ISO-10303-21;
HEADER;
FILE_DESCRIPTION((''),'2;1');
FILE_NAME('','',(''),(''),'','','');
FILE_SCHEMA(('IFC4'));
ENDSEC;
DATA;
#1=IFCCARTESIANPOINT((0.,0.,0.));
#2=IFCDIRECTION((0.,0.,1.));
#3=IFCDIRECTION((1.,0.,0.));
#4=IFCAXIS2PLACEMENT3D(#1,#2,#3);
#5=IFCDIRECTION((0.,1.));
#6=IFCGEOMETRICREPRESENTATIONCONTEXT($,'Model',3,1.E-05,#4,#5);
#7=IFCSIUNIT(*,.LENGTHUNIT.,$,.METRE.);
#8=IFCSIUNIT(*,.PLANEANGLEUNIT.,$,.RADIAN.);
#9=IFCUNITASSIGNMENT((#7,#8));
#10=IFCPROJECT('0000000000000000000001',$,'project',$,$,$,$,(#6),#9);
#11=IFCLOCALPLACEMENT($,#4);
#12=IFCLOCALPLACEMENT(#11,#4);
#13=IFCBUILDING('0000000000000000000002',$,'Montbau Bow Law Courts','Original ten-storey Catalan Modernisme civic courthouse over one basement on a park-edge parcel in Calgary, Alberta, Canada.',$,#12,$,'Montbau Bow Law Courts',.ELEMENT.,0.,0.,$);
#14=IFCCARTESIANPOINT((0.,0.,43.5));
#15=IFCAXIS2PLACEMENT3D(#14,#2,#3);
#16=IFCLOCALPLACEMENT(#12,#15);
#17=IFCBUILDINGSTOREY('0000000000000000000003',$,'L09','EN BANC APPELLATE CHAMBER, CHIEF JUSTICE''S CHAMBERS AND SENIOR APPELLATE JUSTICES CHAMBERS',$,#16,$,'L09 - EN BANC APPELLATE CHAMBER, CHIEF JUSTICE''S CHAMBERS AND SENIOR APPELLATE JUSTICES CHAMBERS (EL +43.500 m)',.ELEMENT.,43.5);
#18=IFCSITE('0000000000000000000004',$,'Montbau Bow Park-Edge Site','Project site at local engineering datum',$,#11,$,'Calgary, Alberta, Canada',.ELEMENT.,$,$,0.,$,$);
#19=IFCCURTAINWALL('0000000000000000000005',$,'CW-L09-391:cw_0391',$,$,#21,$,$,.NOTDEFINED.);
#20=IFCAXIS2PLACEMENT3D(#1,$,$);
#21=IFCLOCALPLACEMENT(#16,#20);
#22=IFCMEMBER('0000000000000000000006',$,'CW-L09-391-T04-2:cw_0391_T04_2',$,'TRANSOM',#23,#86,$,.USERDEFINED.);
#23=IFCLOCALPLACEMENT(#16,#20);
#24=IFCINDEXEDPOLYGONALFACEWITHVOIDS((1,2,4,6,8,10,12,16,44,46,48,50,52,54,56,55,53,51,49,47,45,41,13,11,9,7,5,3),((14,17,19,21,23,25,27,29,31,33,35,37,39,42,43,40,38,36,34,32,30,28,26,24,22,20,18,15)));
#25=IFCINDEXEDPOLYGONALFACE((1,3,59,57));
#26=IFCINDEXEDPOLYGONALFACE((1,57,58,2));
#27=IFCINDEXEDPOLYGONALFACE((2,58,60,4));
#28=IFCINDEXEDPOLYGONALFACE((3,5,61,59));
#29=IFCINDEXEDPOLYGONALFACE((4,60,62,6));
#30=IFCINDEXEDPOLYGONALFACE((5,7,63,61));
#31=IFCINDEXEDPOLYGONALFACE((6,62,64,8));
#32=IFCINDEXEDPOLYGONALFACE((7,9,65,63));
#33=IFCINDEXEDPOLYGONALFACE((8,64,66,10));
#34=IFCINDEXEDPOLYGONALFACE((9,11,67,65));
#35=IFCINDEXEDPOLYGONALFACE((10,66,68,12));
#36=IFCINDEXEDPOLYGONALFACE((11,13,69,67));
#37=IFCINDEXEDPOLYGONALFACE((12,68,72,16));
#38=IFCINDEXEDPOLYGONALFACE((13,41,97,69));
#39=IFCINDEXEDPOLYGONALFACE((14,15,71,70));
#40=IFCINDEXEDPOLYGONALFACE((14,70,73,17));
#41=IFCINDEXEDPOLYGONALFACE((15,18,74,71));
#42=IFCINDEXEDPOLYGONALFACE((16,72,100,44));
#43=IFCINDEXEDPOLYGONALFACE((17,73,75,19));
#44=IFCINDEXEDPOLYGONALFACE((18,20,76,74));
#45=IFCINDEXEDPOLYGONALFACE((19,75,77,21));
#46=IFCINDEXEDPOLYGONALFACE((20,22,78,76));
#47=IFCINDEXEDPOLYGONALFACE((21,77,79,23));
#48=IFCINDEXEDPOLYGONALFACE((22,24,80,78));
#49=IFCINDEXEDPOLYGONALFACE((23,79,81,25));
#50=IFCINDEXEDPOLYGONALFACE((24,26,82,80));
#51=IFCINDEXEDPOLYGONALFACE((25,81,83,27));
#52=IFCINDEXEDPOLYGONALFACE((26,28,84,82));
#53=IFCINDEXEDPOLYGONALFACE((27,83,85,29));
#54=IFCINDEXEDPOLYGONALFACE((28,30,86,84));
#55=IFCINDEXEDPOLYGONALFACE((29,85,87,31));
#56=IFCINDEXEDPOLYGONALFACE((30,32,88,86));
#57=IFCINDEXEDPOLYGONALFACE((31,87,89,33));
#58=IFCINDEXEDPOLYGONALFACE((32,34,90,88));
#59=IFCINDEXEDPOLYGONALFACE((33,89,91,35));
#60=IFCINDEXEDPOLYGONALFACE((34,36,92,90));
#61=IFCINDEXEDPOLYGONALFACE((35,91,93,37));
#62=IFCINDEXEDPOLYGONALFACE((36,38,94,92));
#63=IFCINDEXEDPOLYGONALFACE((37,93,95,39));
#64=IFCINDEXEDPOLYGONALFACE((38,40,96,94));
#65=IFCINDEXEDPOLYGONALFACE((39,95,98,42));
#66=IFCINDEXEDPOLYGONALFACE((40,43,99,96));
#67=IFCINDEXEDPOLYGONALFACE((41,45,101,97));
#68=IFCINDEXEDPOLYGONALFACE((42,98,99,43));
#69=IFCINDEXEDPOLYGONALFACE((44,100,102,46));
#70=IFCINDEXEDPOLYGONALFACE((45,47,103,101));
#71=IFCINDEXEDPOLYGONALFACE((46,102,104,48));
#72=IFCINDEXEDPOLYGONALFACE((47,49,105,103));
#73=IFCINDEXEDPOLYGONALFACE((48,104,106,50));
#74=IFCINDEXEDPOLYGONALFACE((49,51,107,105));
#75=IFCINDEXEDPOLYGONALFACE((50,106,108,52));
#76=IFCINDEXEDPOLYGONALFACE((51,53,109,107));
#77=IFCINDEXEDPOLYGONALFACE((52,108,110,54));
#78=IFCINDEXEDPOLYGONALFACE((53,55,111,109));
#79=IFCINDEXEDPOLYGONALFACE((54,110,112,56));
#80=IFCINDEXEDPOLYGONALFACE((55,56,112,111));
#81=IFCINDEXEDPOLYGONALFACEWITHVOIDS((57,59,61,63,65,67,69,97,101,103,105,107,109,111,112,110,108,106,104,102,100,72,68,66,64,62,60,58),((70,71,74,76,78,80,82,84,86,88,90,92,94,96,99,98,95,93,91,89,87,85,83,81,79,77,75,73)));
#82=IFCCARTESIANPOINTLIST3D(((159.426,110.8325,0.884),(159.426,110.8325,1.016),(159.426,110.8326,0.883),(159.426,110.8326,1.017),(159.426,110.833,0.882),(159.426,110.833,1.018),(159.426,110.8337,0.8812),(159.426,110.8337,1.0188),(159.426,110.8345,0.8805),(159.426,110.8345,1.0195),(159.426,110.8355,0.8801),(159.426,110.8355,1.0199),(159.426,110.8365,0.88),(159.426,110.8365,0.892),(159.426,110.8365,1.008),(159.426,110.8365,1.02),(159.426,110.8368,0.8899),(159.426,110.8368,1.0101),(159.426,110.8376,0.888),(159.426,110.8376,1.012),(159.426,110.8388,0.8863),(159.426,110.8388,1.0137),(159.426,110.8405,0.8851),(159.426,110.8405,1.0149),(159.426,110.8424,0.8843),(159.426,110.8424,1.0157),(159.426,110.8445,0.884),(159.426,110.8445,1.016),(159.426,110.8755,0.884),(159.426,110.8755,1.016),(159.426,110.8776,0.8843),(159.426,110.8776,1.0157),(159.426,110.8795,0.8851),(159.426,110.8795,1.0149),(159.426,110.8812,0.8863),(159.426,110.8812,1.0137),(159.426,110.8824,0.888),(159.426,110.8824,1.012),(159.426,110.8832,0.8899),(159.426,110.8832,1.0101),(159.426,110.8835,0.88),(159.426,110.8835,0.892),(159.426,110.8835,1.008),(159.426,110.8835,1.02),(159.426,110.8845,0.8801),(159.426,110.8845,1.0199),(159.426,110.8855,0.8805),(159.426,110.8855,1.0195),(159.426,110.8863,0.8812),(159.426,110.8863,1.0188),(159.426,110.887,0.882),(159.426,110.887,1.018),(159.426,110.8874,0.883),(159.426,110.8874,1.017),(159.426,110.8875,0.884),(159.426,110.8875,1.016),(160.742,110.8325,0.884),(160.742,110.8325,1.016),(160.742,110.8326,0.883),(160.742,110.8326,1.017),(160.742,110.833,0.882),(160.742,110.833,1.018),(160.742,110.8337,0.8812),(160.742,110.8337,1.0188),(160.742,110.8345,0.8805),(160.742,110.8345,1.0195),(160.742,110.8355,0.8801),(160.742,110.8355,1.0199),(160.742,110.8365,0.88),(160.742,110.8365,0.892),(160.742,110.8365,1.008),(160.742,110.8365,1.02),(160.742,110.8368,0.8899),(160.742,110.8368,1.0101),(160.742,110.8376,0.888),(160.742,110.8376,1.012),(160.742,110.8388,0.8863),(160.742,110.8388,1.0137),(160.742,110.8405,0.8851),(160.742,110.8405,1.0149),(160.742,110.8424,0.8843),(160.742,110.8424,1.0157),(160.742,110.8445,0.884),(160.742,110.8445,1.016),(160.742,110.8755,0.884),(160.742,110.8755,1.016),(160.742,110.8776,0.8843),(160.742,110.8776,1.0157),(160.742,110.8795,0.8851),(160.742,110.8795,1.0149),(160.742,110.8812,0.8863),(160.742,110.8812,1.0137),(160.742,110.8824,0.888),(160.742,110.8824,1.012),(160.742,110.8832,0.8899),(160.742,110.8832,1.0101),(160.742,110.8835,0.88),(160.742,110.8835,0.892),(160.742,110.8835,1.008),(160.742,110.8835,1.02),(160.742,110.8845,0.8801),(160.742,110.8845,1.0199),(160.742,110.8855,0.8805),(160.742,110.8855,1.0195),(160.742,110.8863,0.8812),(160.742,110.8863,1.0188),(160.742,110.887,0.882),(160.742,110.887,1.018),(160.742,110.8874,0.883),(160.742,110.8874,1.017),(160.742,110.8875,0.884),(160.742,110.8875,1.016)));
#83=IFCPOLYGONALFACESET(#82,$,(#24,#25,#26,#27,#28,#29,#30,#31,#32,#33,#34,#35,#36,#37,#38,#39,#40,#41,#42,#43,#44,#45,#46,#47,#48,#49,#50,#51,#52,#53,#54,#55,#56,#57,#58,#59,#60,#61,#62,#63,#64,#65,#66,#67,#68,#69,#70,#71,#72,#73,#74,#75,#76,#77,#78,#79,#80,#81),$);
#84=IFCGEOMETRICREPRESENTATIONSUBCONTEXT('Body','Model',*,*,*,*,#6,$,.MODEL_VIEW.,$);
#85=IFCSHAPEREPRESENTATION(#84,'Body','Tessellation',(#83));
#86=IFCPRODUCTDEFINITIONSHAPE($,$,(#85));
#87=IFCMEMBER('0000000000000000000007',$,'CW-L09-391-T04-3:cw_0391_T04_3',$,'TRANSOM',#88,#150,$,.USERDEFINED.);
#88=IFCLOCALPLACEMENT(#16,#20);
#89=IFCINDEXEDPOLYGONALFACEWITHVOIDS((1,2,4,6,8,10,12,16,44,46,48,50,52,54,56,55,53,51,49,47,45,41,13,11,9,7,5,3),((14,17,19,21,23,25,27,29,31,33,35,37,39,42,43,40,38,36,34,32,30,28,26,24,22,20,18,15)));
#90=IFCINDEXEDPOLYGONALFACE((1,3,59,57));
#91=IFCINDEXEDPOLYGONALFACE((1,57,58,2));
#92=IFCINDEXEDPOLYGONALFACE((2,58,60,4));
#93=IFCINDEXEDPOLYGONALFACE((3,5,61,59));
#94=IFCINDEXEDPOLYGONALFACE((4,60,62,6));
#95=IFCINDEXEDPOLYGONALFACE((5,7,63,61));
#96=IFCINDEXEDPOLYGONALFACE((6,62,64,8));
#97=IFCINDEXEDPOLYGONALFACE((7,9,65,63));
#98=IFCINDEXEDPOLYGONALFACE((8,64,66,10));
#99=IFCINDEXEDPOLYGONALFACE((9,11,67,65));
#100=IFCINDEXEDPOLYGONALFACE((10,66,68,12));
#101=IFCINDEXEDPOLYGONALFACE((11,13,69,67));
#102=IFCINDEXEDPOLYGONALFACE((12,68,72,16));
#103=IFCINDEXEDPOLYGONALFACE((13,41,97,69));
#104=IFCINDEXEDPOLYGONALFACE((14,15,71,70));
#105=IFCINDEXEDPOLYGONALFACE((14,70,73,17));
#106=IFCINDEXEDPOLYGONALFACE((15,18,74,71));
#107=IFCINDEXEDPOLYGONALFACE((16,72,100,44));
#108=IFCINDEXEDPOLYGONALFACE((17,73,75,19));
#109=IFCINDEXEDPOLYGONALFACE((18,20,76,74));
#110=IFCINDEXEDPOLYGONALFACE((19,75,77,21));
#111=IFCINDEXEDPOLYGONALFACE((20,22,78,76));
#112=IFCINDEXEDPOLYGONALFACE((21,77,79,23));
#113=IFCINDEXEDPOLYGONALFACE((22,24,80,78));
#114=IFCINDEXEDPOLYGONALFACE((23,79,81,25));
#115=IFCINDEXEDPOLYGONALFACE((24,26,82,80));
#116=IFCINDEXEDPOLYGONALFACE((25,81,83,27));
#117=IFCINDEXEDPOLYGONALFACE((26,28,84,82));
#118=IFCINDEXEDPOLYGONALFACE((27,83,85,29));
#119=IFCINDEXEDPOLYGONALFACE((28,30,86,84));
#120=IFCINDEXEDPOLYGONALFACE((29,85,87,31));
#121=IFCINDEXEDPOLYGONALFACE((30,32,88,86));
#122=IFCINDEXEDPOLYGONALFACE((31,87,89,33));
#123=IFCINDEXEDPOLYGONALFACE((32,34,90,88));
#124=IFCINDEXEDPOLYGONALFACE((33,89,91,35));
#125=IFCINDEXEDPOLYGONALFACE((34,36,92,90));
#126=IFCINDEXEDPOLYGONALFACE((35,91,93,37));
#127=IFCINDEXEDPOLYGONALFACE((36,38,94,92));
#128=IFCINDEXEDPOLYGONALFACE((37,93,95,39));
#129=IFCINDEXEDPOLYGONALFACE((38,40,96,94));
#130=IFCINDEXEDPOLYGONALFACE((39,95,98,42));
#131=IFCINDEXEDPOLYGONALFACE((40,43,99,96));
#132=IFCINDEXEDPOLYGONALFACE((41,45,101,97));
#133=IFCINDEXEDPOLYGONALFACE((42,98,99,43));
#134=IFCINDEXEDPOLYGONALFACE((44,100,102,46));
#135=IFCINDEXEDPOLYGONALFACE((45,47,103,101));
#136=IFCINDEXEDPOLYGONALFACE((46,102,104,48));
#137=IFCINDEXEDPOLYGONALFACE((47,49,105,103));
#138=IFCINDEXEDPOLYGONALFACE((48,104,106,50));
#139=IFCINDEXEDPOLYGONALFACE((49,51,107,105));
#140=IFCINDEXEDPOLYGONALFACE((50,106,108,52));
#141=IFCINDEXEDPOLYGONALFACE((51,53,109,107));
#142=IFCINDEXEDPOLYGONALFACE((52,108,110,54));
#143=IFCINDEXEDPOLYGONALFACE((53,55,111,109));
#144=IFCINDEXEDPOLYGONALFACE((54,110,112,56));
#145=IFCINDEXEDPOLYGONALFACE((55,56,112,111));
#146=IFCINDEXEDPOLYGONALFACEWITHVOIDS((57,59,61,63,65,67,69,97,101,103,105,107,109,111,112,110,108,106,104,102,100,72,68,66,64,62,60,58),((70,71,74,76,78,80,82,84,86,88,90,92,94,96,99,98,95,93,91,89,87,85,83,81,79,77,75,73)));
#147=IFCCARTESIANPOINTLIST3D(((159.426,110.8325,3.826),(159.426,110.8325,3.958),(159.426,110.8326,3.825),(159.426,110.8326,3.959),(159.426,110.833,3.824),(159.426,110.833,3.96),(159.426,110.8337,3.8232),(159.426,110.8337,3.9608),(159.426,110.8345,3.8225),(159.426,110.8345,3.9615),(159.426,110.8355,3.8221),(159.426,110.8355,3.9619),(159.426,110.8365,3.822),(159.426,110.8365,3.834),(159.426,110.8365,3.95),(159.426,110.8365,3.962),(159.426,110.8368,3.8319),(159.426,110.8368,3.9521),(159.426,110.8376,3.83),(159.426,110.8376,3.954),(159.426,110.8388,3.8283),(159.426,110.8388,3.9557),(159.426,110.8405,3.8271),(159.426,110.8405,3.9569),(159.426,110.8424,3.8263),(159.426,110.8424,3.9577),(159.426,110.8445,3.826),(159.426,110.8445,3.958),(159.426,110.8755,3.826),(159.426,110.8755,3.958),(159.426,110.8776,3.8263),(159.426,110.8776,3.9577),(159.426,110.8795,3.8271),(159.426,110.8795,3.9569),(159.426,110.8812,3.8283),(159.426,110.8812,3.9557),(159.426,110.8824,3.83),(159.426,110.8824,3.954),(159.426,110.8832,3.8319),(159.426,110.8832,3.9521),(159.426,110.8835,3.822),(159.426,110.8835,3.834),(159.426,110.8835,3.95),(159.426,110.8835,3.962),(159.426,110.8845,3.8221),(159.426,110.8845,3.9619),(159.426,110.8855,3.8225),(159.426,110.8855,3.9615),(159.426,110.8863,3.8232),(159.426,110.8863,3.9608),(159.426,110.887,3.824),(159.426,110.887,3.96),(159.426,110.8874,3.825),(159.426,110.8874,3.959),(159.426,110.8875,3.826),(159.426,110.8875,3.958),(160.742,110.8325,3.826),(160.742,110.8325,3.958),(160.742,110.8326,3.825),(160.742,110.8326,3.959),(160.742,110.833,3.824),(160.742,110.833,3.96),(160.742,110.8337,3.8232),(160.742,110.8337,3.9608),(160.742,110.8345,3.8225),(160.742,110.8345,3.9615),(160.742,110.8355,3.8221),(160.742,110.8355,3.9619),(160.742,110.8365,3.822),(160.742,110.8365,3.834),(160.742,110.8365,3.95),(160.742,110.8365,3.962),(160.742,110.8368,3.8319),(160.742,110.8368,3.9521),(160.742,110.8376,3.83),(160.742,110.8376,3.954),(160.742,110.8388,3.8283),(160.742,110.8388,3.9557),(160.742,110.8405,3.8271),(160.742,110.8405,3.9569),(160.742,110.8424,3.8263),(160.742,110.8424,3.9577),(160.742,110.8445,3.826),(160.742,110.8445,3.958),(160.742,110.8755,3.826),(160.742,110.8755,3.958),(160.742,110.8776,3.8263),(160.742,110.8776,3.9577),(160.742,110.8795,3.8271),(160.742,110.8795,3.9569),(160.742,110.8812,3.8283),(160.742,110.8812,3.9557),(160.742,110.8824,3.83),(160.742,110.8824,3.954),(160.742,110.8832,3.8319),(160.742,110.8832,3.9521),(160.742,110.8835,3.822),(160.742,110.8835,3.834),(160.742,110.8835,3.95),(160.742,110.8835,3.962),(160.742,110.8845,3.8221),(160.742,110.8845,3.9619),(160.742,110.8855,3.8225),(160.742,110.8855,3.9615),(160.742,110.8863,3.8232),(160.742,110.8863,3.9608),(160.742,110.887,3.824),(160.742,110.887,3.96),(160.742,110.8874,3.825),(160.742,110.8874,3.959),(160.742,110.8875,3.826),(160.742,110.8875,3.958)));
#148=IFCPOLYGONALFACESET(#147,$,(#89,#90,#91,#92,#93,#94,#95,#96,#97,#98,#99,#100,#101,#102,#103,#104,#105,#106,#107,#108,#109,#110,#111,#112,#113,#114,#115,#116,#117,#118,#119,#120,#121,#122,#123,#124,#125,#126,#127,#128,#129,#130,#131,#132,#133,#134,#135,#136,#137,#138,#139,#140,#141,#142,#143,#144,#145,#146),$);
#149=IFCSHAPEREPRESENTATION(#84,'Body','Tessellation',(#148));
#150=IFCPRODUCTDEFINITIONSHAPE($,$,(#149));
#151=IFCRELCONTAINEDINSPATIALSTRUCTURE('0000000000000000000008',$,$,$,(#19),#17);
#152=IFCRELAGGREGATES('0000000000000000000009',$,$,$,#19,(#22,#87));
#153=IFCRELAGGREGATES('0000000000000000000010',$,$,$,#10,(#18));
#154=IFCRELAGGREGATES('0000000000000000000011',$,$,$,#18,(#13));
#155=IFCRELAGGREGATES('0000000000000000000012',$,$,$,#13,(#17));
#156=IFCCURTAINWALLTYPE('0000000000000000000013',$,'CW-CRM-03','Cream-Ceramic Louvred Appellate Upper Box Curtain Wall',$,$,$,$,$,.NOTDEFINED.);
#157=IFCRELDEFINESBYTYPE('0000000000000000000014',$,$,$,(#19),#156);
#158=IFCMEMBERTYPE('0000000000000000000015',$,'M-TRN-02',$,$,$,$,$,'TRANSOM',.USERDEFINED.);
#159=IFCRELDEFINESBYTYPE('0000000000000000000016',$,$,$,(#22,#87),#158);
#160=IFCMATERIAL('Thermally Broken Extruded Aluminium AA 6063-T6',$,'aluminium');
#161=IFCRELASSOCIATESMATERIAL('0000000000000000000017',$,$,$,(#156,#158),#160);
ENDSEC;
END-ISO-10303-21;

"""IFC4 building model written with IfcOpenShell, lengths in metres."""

from ifc_helpers import new_model, si_unit, direction, frame, origin_with_axes, origin_2d_with_axis, place, context, subcontext, project, spatial, hollow_rectangle, extrude, material, material_profile, profile_set, type_object, element, aggregate, save


model = new_model("IFC4")

# Units and contexts
model_context = context("Model", 3, precision=1e-05, world=origin_with_axes(), true_north=direction((0.0, 1.0)))
body_context = subcontext(model_context, "Body", "Model", "MODEL_VIEW")
ifc_project = project(units=[si_unit("LENGTHUNIT", "METRE"), si_unit("PLANEANGLEUNIT", "RADIAN")], contexts=[model_context])

# Site, building, storey
site_placement = place(None, origin_with_axes())
site = spatial("IfcSite", under=ifc_project, at=site_placement, Name="Montbau Bow Park-Edge Site", Description="Project site at local engineering datum", LongName="Calgary, Alberta, Canada", CompositionType="ELEMENT", RefElevation=0.0)
building_placement = place(site_placement, origin_with_axes())
building = spatial("IfcBuilding", under=site, at=building_placement, Name="Montbau Bow Law Courts", Description="Original ten-storey Catalan Modernisme civic courthouse over one basement on a park-edge parcel in Calgary, Alberta, Canada.", LongName="Montbau Bow Law Courts", CompositionType="ELEMENT", ElevationOfRefHeight=0.0, ElevationOfTerrain=0.0)
storey_placement = place(building_placement, frame((0.0, 0.0, 43.5), z_axis=(0.0, 0.0, 1.0), x_axis=(1.0, 0.0, 0.0)))
storey = spatial("IfcBuildingStorey", under=building, at=storey_placement, Name="L09", Description="EN BANC APPELLATE CHAMBER, CHIEF JUSTICE'S CHAMBERS AND SENIOR APPELLATE JUSTICES CHAMBERS", LongName="L09 - EN BANC APPELLATE CHAMBER, CHIEF JUSTICE'S CHAMBERS AND SENIOR APPELLATE JUSTICES CHAMBERS (EL +43.500 m)", CompositionType="ELEMENT", Elevation=43.5)

# Curtain wall, members
ifc_material_1 = material(Name="Thermally Broken Extruded Aluminium AA 6063-T6", Category="aluminium")
curtain_wall_type = type_object("IfcCurtainWallType", Name="CW-CRM-03", Description="Cream-Ceramic Louvred Appellate Upper Box Curtain Wall", PredefinedType="NOTDEFINED", material=ifc_material_1)
curtain_wall_placement = place(None, frame((155.24, 110.86, 43.5), z_axis=(0.0, 0.0, 1.0), x_axis=(1.0, 0.0, 0.0)))
curtain_wall = element("IfcCurtainWall", 1, at=curtain_wall_placement, inside=storey, type_object=curtain_wall_type, Name="CW-L09-391:cw_0391", PredefinedType="NOTDEFINED")
ifc_material_profile_1 = material_profile(ifc_material_1, hollow_rectangle(XDim=0.055, YDim=0.14, WallThickness=0.004, InnerFilletRadius=0.008, OuterFilletRadius=0.004, at=origin_2d_with_axis()), Name="CWT-140X55", Category="Main", Priority=0)
ifc_profile_set_1 = profile_set([ifc_material_profile_1], Name="Thermally Broken Extruded Aluminium AA 6063-T6")
member_type_1 = type_object("IfcMemberType", Name="M-TRN-02", ElementType="TRANSOM", PredefinedType="USERDEFINED", material=ifc_profile_set_1)
member_1_placement = place(None, frame((159.426, 110.86, 44.45), z_axis=(1.0, 0.0, 0.0), x_axis=(0.0, 1.0, 0.0)))
member_1 = element("IfcMember", 2, at=member_1_placement, type_object=member_type_1, Name="CW-L09-391-T04-2:cw_0391_T04_2", ObjectType="TRANSOM", PredefinedType="USERDEFINED", context=body_context, shape_type="SweptSolid", body=[
    extrude(hollow_rectangle(XDim=0.055, YDim=0.14, WallThickness=0.004, InnerFilletRadius=0.008, OuterFilletRadius=0.004, at=origin_2d_with_axis()), origin_with_axes(), (0.0, 0.0, 1.0), 1.316),
])
member_2_placement = place(None, frame((159.426, 110.86, 47.392), z_axis=(1.0, 0.0, 0.0), x_axis=(0.0, 1.0, 0.0)))
member_2 = element("IfcMember", 3, at=member_2_placement, type_object=member_type_1, Name="CW-L09-391-T04-3:cw_0391_T04_3", ObjectType="TRANSOM", PredefinedType="USERDEFINED", context=body_context, shape_type="SweptSolid", body=[
    extrude(hollow_rectangle(XDim=0.055, YDim=0.14, WallThickness=0.004, InnerFilletRadius=0.008, OuterFilletRadius=0.004, at=origin_2d_with_axis()), origin_with_axes(), (0.0, 0.0, 1.0), 1.316),
])
aggregate(curtain_wall, [member_1, member_2])

save(model, "model.ifc")
